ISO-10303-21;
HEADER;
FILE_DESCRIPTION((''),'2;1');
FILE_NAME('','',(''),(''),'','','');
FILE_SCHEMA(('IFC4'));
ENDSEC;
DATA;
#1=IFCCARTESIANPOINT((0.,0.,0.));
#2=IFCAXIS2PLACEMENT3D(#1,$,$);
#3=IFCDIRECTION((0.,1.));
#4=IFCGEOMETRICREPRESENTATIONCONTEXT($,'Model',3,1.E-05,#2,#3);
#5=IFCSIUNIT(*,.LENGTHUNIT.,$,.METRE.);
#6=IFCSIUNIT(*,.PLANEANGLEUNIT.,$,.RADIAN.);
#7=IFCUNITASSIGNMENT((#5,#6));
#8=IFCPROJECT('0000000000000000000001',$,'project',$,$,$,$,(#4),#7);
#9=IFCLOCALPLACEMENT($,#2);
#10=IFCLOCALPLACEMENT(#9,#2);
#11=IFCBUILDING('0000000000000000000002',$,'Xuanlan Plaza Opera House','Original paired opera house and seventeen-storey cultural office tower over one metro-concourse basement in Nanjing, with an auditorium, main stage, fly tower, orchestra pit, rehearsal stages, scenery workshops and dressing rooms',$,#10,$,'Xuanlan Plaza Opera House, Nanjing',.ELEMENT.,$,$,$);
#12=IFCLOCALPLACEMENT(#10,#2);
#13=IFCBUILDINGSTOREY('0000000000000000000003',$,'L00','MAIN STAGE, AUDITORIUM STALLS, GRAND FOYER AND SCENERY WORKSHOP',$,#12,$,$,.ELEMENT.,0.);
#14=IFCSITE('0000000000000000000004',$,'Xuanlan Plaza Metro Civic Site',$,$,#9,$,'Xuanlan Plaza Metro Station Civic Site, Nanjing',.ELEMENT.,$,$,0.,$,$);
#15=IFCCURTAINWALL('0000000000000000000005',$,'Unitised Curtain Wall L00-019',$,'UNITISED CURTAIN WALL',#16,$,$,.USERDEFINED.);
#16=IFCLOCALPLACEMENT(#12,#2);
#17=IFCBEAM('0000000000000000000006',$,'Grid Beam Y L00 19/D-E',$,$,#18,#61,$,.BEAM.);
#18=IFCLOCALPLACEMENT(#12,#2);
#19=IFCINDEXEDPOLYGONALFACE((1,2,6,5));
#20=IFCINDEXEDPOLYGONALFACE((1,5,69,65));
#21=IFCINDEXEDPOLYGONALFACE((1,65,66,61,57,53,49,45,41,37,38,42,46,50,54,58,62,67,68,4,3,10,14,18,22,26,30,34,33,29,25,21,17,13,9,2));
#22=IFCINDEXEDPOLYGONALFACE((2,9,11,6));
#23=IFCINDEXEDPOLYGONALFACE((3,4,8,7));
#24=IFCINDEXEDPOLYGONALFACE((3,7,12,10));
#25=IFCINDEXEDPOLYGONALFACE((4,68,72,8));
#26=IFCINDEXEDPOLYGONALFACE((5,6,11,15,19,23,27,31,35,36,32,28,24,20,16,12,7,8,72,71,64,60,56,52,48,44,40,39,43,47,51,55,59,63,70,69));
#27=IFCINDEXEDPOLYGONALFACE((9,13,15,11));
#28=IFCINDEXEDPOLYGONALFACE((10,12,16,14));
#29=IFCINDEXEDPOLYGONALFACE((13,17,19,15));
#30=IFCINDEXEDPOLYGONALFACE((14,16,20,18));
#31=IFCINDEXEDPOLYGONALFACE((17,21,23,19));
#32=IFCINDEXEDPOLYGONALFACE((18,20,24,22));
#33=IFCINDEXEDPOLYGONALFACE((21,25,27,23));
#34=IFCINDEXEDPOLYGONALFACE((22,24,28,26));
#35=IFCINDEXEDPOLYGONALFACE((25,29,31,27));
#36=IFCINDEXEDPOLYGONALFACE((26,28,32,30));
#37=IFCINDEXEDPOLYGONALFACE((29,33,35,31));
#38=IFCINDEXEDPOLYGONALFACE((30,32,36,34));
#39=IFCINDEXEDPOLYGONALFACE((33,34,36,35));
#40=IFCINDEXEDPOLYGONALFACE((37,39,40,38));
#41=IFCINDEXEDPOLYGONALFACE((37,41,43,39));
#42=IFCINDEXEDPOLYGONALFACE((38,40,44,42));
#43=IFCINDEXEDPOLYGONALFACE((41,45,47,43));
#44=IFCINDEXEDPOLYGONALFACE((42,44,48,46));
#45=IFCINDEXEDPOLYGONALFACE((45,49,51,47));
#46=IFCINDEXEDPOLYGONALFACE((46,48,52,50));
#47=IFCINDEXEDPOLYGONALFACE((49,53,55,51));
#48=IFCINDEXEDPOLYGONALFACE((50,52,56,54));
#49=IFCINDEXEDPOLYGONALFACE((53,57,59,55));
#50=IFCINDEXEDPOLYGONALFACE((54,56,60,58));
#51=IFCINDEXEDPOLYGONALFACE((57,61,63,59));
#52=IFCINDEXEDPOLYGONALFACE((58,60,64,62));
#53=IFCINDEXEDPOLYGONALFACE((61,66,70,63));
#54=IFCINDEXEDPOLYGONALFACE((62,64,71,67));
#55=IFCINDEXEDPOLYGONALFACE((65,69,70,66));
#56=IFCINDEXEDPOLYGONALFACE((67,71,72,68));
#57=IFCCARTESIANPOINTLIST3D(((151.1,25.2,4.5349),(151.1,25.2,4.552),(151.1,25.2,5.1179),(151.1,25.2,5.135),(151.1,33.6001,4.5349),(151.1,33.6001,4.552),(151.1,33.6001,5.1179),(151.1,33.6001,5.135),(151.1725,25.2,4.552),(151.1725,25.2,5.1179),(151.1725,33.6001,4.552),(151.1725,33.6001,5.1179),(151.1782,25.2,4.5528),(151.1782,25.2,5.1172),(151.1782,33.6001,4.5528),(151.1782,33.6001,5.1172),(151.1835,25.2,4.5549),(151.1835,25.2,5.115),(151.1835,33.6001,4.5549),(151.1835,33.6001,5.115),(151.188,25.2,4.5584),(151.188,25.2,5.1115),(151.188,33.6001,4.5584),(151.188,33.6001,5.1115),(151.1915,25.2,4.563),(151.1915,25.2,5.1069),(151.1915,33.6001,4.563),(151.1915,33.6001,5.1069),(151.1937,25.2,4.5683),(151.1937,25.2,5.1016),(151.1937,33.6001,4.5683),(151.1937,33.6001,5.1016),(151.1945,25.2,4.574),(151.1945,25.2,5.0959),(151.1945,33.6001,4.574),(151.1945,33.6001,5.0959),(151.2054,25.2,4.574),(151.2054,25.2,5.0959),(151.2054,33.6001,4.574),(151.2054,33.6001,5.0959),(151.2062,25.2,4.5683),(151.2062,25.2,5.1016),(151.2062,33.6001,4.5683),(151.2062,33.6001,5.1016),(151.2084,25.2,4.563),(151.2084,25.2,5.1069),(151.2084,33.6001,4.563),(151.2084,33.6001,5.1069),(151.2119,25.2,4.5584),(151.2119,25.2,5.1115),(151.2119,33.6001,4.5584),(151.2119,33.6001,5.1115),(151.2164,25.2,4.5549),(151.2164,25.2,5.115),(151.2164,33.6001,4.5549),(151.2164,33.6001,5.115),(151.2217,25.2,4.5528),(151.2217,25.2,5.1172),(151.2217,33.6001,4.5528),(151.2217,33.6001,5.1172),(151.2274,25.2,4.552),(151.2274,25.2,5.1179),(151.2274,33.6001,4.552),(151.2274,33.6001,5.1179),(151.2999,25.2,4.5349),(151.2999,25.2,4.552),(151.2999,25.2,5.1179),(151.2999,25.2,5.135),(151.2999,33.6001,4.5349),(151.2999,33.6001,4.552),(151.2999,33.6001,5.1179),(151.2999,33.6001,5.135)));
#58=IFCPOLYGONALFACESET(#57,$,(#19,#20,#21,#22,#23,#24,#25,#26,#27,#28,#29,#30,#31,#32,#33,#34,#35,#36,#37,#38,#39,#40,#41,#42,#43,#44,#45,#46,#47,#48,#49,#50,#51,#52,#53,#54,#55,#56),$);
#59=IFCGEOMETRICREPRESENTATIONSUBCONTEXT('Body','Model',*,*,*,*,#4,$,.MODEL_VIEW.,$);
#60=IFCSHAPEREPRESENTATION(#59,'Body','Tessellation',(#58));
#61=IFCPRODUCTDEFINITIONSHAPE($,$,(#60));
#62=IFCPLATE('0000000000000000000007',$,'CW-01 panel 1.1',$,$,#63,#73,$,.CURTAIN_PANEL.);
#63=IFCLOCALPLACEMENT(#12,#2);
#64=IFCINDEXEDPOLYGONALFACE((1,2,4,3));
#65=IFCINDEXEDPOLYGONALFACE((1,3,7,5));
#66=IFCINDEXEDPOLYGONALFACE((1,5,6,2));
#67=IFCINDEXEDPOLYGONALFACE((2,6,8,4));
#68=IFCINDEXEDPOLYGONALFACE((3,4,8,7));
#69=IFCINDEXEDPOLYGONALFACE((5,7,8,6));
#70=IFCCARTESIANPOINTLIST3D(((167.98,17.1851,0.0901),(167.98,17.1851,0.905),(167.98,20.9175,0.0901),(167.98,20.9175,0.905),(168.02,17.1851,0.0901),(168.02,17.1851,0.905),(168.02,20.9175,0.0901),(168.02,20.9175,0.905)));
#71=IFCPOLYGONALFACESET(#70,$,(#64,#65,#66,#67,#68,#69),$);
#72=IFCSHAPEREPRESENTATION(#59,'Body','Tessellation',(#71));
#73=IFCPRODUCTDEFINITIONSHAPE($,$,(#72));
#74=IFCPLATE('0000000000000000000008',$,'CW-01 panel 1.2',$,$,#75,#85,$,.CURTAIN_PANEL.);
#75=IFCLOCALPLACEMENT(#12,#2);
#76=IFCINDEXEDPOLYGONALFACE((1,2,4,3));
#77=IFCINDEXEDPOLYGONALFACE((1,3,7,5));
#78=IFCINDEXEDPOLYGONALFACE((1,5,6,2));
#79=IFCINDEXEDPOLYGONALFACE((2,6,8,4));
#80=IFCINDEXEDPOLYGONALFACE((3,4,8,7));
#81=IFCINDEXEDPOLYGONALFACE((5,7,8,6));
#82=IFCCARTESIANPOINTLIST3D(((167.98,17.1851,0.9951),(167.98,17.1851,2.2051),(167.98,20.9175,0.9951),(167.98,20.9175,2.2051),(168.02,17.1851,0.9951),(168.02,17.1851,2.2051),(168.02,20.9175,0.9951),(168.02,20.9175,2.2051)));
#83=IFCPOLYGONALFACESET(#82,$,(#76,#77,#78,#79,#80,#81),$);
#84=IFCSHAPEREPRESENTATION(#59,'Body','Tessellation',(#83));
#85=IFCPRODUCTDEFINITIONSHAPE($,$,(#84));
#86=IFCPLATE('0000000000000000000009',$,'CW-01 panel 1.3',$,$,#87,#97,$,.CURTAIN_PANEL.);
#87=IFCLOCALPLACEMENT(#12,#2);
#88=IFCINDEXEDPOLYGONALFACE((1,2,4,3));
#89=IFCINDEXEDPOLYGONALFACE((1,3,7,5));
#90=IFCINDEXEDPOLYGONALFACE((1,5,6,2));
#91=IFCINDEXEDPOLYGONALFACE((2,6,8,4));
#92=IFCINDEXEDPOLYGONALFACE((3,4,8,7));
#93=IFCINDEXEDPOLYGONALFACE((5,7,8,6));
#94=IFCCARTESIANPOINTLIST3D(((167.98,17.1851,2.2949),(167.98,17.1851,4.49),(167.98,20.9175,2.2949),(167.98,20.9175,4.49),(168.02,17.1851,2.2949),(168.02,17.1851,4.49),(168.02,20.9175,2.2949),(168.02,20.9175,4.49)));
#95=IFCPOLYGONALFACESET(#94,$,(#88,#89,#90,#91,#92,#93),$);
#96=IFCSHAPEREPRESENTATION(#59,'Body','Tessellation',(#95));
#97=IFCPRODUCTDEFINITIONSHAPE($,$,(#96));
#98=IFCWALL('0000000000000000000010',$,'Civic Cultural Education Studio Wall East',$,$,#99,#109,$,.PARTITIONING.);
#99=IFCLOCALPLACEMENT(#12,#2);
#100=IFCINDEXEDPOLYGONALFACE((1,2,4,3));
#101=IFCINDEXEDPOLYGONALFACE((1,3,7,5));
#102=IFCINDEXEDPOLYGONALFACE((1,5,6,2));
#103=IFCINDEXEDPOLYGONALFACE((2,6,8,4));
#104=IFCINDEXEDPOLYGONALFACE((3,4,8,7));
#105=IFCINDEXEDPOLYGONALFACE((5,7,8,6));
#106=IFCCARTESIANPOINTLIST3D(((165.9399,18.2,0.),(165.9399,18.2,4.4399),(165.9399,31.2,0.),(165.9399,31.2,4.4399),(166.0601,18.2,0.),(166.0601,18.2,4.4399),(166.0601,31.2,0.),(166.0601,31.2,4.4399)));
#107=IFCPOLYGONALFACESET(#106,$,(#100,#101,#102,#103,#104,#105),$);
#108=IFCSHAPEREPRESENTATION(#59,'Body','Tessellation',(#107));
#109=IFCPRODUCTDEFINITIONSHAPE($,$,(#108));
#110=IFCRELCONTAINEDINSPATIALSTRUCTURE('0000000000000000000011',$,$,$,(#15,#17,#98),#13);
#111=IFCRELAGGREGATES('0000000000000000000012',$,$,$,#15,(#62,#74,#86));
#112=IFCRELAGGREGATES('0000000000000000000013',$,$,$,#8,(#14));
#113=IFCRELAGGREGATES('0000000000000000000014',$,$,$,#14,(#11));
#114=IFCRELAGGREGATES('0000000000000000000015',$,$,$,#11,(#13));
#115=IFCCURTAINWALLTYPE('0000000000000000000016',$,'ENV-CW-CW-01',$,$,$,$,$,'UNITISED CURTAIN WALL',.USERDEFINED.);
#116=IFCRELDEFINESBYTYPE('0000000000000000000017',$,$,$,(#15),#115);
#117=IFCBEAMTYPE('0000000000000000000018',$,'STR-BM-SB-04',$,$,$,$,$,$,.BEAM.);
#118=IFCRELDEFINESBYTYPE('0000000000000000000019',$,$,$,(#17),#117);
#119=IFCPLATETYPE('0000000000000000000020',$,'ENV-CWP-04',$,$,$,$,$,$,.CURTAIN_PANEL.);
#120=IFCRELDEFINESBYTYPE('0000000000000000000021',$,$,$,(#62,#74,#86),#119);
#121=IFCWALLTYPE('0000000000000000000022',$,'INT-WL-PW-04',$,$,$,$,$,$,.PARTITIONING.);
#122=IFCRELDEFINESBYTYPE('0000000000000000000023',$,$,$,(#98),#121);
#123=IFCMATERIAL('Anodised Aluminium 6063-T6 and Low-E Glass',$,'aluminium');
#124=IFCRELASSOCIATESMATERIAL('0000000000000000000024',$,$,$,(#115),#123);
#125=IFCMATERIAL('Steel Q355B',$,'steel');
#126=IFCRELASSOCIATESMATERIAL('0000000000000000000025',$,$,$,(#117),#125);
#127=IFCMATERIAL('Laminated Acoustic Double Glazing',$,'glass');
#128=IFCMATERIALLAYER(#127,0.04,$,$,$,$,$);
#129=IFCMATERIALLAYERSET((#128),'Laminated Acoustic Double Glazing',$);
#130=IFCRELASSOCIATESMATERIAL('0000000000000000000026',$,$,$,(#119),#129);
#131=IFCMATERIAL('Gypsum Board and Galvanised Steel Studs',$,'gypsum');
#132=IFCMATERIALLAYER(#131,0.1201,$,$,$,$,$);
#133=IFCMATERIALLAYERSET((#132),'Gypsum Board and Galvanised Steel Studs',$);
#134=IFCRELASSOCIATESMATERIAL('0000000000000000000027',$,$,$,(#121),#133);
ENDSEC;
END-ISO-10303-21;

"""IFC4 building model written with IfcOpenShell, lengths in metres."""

from ifc_helpers import new_model, si_unit, direction, frame, frame_2d, origin, origin_2d, place, context, subcontext, project, spatial, rectangle, i_section, extrude, material, layer, layer_set, material_profile, profile_set, type_object, element, aggregate, save


model = new_model("IFC4")

# Units and contexts
model_context = context("Model", 3, precision=1e-05, world=origin(), true_north=direction((0.0, 1.0)))
body_context = subcontext(model_context, "Body", "Model", "MODEL_VIEW")
ifc_project = project(units=[si_unit("LENGTHUNIT", "METRE"), si_unit("PLANEANGLEUNIT", "RADIAN")], contexts=[model_context])

# Site, building, storey
site_placement = place(None, origin())
site = spatial("IfcSite", under=ifc_project, at=site_placement, Name="Xuanlan Plaza Metro Civic Site", LongName="Xuanlan Plaza Metro Station Civic Site, Nanjing", CompositionType="ELEMENT", RefElevation=0.0)
building_placement = place(site_placement, origin())
building = spatial("IfcBuilding", under=site, at=building_placement, Name="Xuanlan Plaza Opera House", Description="Original paired opera house and seventeen-storey cultural office tower over one metro-concourse basement in Nanjing, with an auditorium, main stage, fly tower, orchestra pit, rehearsal stages, scenery workshops and dressing rooms", LongName="Xuanlan Plaza Opera House, Nanjing", CompositionType="ELEMENT")
storey_placement = place(building_placement, origin())
storey = spatial("IfcBuildingStorey", under=building, at=storey_placement, Name="L00", Description="MAIN STAGE, AUDITORIUM STALLS, GRAND FOYER AND SCENERY WORKSHOP", CompositionType="ELEMENT", Elevation=0.0)

# Curtain wall
ifc_material_1 = material(Name="Anodised Aluminium 6063-T6 and Low-E Glass", Category="aluminium")
curtain_wall_type = type_object("IfcCurtainWallType", Name="ENV-CW-CW-01", ElementType="UNITISED CURTAIN WALL", PredefinedType="USERDEFINED", material=ifc_material_1)
curtain_wall_placement = place(storey_placement, origin())
curtain_wall = element("IfcCurtainWall", 1, at=curtain_wall_placement, inside=storey, type_object=curtain_wall_type, Name="Unitised Curtain Wall L00-019", ObjectType="UNITISED CURTAIN WALL", PredefinedType="USERDEFINED")

# Beam
ifc_material_2 = material(Name="Steel Q355B", Category="steel")
ifc_material_profile_1 = material_profile(ifc_material_2, i_section(OverallWidth=0.2, OverallDepth=0.6001, WebThickness=0.011, FlangeThickness=0.0171, FilletRadius=0.022, at=origin_2d()), Name="HN 600x200x11x17")
ifc_profile_set_1 = profile_set([ifc_material_profile_1], Name="Steel Q355B")
beam_type_1 = type_object("IfcBeamType", Name="STR-BM-SB-04", PredefinedType="BEAM", material=ifc_profile_set_1)
beam_1_placement = place(storey_placement, frame((151.2, 25.2, 4.835), z_axis=(0.0, 1.0, 0.0), x_axis=(-1.0, 0.0, 0.0)))
element("IfcBeam", 2, at=beam_1_placement, inside=storey, type_object=beam_type_1, Name="Grid Beam Y L00 19/D-E", PredefinedType="BEAM", context=body_context, shape_type="SweptSolid", body=[
    extrude(i_section(OverallWidth=0.2, OverallDepth=0.6001, WebThickness=0.011, FlangeThickness=0.0171, FilletRadius=0.022, at=origin_2d()), origin(), (0.0, 0.0, 1.0), 8.4001),
])

# Plates
ifc_material_3 = material(Name="Laminated Acoustic Double Glazing", Category="glass")
ifc_layer_1 = layer(ifc_material_3, 0.04)
ifc_layer_set_1 = layer_set([ifc_layer_1], Name="Laminated Acoustic Double Glazing")
plate_type = type_object("IfcPlateType", Name="ENV-CWP-04", PredefinedType="CURTAIN_PANEL", material=ifc_layer_set_1)
plate_1_placement = place(storey_placement, frame((168.0, 19.0513, 0.0901), z_axis=(0.0, 0.0, 1.0), x_axis=(0.0, 1.0, 0.0)))
plate_1 = element("IfcPlate", 3, at=plate_1_placement, type_object=plate_type, Name="CW-01 panel 1.1", PredefinedType="CURTAIN_PANEL", context=body_context, shape_type="SweptSolid", body=[
    extrude(rectangle(XDim=3.7324, YDim=0.04, at=origin_2d()), origin(), (0.0, 0.0, 1.0), 0.8149),
])
plate_2_placement = place(storey_placement, frame((168.0, 19.0513, 0.9951), z_axis=(0.0, 0.0, 1.0), x_axis=(0.0, 1.0, 0.0)))
plate_2 = element("IfcPlate", 4, at=plate_2_placement, type_object=plate_type, Name="CW-01 panel 1.2", PredefinedType="CURTAIN_PANEL", context=body_context, shape_type="SweptSolid", body=[
    extrude(rectangle(XDim=3.7324, YDim=0.04, at=origin_2d()), origin(), (0.0, 0.0, 1.0), 1.21),
])
plate_3_placement = place(storey_placement, frame((168.0, 19.0513, 2.2949), z_axis=(0.0, 0.0, 1.0), x_axis=(0.0, 1.0, 0.0)))
plate_3 = element("IfcPlate", 5, at=plate_3_placement, type_object=plate_type, Name="CW-01 panel 1.3", PredefinedType="CURTAIN_PANEL", context=body_context, shape_type="SweptSolid", body=[
    extrude(rectangle(XDim=3.7324, YDim=0.04, at=origin_2d()), origin(), (0.0, 0.0, 1.0), 2.1951),
])
aggregate(curtain_wall, [plate_1, plate_2, plate_3])

# Wall
ifc_material_4 = material(Name="Gypsum Board and Galvanised Steel Studs", Category="gypsum")
ifc_layer_2 = layer(ifc_material_4, 0.1201)
ifc_layer_set_2 = layer_set([ifc_layer_2], Name="Gypsum Board and Galvanised Steel Studs")
wall_type = type_object("IfcWallType", Name="INT-WL-PW-04", PredefinedType="PARTITIONING", material=ifc_layer_set_2)
wall_placement = place(storey_placement, frame((166.0, 18.2, 0.0), z_axis=(0.0, 0.0, 1.0), x_axis=(0.0, 1.0, 0.0)))
element("IfcWall", 6, at=wall_placement, inside=storey, type_object=wall_type, Name="Civic Cultural Education Studio Wall East", PredefinedType="PARTITIONING", context=body_context, shape_type="SweptSolid", body=[
    extrude(rectangle(XDim=13.0, YDim=0.1201, at=frame_2d((6.5, 0.0))), origin(), (0.0, 0.0, 1.0), 4.4399),
])

save(model, "model.ifc")
